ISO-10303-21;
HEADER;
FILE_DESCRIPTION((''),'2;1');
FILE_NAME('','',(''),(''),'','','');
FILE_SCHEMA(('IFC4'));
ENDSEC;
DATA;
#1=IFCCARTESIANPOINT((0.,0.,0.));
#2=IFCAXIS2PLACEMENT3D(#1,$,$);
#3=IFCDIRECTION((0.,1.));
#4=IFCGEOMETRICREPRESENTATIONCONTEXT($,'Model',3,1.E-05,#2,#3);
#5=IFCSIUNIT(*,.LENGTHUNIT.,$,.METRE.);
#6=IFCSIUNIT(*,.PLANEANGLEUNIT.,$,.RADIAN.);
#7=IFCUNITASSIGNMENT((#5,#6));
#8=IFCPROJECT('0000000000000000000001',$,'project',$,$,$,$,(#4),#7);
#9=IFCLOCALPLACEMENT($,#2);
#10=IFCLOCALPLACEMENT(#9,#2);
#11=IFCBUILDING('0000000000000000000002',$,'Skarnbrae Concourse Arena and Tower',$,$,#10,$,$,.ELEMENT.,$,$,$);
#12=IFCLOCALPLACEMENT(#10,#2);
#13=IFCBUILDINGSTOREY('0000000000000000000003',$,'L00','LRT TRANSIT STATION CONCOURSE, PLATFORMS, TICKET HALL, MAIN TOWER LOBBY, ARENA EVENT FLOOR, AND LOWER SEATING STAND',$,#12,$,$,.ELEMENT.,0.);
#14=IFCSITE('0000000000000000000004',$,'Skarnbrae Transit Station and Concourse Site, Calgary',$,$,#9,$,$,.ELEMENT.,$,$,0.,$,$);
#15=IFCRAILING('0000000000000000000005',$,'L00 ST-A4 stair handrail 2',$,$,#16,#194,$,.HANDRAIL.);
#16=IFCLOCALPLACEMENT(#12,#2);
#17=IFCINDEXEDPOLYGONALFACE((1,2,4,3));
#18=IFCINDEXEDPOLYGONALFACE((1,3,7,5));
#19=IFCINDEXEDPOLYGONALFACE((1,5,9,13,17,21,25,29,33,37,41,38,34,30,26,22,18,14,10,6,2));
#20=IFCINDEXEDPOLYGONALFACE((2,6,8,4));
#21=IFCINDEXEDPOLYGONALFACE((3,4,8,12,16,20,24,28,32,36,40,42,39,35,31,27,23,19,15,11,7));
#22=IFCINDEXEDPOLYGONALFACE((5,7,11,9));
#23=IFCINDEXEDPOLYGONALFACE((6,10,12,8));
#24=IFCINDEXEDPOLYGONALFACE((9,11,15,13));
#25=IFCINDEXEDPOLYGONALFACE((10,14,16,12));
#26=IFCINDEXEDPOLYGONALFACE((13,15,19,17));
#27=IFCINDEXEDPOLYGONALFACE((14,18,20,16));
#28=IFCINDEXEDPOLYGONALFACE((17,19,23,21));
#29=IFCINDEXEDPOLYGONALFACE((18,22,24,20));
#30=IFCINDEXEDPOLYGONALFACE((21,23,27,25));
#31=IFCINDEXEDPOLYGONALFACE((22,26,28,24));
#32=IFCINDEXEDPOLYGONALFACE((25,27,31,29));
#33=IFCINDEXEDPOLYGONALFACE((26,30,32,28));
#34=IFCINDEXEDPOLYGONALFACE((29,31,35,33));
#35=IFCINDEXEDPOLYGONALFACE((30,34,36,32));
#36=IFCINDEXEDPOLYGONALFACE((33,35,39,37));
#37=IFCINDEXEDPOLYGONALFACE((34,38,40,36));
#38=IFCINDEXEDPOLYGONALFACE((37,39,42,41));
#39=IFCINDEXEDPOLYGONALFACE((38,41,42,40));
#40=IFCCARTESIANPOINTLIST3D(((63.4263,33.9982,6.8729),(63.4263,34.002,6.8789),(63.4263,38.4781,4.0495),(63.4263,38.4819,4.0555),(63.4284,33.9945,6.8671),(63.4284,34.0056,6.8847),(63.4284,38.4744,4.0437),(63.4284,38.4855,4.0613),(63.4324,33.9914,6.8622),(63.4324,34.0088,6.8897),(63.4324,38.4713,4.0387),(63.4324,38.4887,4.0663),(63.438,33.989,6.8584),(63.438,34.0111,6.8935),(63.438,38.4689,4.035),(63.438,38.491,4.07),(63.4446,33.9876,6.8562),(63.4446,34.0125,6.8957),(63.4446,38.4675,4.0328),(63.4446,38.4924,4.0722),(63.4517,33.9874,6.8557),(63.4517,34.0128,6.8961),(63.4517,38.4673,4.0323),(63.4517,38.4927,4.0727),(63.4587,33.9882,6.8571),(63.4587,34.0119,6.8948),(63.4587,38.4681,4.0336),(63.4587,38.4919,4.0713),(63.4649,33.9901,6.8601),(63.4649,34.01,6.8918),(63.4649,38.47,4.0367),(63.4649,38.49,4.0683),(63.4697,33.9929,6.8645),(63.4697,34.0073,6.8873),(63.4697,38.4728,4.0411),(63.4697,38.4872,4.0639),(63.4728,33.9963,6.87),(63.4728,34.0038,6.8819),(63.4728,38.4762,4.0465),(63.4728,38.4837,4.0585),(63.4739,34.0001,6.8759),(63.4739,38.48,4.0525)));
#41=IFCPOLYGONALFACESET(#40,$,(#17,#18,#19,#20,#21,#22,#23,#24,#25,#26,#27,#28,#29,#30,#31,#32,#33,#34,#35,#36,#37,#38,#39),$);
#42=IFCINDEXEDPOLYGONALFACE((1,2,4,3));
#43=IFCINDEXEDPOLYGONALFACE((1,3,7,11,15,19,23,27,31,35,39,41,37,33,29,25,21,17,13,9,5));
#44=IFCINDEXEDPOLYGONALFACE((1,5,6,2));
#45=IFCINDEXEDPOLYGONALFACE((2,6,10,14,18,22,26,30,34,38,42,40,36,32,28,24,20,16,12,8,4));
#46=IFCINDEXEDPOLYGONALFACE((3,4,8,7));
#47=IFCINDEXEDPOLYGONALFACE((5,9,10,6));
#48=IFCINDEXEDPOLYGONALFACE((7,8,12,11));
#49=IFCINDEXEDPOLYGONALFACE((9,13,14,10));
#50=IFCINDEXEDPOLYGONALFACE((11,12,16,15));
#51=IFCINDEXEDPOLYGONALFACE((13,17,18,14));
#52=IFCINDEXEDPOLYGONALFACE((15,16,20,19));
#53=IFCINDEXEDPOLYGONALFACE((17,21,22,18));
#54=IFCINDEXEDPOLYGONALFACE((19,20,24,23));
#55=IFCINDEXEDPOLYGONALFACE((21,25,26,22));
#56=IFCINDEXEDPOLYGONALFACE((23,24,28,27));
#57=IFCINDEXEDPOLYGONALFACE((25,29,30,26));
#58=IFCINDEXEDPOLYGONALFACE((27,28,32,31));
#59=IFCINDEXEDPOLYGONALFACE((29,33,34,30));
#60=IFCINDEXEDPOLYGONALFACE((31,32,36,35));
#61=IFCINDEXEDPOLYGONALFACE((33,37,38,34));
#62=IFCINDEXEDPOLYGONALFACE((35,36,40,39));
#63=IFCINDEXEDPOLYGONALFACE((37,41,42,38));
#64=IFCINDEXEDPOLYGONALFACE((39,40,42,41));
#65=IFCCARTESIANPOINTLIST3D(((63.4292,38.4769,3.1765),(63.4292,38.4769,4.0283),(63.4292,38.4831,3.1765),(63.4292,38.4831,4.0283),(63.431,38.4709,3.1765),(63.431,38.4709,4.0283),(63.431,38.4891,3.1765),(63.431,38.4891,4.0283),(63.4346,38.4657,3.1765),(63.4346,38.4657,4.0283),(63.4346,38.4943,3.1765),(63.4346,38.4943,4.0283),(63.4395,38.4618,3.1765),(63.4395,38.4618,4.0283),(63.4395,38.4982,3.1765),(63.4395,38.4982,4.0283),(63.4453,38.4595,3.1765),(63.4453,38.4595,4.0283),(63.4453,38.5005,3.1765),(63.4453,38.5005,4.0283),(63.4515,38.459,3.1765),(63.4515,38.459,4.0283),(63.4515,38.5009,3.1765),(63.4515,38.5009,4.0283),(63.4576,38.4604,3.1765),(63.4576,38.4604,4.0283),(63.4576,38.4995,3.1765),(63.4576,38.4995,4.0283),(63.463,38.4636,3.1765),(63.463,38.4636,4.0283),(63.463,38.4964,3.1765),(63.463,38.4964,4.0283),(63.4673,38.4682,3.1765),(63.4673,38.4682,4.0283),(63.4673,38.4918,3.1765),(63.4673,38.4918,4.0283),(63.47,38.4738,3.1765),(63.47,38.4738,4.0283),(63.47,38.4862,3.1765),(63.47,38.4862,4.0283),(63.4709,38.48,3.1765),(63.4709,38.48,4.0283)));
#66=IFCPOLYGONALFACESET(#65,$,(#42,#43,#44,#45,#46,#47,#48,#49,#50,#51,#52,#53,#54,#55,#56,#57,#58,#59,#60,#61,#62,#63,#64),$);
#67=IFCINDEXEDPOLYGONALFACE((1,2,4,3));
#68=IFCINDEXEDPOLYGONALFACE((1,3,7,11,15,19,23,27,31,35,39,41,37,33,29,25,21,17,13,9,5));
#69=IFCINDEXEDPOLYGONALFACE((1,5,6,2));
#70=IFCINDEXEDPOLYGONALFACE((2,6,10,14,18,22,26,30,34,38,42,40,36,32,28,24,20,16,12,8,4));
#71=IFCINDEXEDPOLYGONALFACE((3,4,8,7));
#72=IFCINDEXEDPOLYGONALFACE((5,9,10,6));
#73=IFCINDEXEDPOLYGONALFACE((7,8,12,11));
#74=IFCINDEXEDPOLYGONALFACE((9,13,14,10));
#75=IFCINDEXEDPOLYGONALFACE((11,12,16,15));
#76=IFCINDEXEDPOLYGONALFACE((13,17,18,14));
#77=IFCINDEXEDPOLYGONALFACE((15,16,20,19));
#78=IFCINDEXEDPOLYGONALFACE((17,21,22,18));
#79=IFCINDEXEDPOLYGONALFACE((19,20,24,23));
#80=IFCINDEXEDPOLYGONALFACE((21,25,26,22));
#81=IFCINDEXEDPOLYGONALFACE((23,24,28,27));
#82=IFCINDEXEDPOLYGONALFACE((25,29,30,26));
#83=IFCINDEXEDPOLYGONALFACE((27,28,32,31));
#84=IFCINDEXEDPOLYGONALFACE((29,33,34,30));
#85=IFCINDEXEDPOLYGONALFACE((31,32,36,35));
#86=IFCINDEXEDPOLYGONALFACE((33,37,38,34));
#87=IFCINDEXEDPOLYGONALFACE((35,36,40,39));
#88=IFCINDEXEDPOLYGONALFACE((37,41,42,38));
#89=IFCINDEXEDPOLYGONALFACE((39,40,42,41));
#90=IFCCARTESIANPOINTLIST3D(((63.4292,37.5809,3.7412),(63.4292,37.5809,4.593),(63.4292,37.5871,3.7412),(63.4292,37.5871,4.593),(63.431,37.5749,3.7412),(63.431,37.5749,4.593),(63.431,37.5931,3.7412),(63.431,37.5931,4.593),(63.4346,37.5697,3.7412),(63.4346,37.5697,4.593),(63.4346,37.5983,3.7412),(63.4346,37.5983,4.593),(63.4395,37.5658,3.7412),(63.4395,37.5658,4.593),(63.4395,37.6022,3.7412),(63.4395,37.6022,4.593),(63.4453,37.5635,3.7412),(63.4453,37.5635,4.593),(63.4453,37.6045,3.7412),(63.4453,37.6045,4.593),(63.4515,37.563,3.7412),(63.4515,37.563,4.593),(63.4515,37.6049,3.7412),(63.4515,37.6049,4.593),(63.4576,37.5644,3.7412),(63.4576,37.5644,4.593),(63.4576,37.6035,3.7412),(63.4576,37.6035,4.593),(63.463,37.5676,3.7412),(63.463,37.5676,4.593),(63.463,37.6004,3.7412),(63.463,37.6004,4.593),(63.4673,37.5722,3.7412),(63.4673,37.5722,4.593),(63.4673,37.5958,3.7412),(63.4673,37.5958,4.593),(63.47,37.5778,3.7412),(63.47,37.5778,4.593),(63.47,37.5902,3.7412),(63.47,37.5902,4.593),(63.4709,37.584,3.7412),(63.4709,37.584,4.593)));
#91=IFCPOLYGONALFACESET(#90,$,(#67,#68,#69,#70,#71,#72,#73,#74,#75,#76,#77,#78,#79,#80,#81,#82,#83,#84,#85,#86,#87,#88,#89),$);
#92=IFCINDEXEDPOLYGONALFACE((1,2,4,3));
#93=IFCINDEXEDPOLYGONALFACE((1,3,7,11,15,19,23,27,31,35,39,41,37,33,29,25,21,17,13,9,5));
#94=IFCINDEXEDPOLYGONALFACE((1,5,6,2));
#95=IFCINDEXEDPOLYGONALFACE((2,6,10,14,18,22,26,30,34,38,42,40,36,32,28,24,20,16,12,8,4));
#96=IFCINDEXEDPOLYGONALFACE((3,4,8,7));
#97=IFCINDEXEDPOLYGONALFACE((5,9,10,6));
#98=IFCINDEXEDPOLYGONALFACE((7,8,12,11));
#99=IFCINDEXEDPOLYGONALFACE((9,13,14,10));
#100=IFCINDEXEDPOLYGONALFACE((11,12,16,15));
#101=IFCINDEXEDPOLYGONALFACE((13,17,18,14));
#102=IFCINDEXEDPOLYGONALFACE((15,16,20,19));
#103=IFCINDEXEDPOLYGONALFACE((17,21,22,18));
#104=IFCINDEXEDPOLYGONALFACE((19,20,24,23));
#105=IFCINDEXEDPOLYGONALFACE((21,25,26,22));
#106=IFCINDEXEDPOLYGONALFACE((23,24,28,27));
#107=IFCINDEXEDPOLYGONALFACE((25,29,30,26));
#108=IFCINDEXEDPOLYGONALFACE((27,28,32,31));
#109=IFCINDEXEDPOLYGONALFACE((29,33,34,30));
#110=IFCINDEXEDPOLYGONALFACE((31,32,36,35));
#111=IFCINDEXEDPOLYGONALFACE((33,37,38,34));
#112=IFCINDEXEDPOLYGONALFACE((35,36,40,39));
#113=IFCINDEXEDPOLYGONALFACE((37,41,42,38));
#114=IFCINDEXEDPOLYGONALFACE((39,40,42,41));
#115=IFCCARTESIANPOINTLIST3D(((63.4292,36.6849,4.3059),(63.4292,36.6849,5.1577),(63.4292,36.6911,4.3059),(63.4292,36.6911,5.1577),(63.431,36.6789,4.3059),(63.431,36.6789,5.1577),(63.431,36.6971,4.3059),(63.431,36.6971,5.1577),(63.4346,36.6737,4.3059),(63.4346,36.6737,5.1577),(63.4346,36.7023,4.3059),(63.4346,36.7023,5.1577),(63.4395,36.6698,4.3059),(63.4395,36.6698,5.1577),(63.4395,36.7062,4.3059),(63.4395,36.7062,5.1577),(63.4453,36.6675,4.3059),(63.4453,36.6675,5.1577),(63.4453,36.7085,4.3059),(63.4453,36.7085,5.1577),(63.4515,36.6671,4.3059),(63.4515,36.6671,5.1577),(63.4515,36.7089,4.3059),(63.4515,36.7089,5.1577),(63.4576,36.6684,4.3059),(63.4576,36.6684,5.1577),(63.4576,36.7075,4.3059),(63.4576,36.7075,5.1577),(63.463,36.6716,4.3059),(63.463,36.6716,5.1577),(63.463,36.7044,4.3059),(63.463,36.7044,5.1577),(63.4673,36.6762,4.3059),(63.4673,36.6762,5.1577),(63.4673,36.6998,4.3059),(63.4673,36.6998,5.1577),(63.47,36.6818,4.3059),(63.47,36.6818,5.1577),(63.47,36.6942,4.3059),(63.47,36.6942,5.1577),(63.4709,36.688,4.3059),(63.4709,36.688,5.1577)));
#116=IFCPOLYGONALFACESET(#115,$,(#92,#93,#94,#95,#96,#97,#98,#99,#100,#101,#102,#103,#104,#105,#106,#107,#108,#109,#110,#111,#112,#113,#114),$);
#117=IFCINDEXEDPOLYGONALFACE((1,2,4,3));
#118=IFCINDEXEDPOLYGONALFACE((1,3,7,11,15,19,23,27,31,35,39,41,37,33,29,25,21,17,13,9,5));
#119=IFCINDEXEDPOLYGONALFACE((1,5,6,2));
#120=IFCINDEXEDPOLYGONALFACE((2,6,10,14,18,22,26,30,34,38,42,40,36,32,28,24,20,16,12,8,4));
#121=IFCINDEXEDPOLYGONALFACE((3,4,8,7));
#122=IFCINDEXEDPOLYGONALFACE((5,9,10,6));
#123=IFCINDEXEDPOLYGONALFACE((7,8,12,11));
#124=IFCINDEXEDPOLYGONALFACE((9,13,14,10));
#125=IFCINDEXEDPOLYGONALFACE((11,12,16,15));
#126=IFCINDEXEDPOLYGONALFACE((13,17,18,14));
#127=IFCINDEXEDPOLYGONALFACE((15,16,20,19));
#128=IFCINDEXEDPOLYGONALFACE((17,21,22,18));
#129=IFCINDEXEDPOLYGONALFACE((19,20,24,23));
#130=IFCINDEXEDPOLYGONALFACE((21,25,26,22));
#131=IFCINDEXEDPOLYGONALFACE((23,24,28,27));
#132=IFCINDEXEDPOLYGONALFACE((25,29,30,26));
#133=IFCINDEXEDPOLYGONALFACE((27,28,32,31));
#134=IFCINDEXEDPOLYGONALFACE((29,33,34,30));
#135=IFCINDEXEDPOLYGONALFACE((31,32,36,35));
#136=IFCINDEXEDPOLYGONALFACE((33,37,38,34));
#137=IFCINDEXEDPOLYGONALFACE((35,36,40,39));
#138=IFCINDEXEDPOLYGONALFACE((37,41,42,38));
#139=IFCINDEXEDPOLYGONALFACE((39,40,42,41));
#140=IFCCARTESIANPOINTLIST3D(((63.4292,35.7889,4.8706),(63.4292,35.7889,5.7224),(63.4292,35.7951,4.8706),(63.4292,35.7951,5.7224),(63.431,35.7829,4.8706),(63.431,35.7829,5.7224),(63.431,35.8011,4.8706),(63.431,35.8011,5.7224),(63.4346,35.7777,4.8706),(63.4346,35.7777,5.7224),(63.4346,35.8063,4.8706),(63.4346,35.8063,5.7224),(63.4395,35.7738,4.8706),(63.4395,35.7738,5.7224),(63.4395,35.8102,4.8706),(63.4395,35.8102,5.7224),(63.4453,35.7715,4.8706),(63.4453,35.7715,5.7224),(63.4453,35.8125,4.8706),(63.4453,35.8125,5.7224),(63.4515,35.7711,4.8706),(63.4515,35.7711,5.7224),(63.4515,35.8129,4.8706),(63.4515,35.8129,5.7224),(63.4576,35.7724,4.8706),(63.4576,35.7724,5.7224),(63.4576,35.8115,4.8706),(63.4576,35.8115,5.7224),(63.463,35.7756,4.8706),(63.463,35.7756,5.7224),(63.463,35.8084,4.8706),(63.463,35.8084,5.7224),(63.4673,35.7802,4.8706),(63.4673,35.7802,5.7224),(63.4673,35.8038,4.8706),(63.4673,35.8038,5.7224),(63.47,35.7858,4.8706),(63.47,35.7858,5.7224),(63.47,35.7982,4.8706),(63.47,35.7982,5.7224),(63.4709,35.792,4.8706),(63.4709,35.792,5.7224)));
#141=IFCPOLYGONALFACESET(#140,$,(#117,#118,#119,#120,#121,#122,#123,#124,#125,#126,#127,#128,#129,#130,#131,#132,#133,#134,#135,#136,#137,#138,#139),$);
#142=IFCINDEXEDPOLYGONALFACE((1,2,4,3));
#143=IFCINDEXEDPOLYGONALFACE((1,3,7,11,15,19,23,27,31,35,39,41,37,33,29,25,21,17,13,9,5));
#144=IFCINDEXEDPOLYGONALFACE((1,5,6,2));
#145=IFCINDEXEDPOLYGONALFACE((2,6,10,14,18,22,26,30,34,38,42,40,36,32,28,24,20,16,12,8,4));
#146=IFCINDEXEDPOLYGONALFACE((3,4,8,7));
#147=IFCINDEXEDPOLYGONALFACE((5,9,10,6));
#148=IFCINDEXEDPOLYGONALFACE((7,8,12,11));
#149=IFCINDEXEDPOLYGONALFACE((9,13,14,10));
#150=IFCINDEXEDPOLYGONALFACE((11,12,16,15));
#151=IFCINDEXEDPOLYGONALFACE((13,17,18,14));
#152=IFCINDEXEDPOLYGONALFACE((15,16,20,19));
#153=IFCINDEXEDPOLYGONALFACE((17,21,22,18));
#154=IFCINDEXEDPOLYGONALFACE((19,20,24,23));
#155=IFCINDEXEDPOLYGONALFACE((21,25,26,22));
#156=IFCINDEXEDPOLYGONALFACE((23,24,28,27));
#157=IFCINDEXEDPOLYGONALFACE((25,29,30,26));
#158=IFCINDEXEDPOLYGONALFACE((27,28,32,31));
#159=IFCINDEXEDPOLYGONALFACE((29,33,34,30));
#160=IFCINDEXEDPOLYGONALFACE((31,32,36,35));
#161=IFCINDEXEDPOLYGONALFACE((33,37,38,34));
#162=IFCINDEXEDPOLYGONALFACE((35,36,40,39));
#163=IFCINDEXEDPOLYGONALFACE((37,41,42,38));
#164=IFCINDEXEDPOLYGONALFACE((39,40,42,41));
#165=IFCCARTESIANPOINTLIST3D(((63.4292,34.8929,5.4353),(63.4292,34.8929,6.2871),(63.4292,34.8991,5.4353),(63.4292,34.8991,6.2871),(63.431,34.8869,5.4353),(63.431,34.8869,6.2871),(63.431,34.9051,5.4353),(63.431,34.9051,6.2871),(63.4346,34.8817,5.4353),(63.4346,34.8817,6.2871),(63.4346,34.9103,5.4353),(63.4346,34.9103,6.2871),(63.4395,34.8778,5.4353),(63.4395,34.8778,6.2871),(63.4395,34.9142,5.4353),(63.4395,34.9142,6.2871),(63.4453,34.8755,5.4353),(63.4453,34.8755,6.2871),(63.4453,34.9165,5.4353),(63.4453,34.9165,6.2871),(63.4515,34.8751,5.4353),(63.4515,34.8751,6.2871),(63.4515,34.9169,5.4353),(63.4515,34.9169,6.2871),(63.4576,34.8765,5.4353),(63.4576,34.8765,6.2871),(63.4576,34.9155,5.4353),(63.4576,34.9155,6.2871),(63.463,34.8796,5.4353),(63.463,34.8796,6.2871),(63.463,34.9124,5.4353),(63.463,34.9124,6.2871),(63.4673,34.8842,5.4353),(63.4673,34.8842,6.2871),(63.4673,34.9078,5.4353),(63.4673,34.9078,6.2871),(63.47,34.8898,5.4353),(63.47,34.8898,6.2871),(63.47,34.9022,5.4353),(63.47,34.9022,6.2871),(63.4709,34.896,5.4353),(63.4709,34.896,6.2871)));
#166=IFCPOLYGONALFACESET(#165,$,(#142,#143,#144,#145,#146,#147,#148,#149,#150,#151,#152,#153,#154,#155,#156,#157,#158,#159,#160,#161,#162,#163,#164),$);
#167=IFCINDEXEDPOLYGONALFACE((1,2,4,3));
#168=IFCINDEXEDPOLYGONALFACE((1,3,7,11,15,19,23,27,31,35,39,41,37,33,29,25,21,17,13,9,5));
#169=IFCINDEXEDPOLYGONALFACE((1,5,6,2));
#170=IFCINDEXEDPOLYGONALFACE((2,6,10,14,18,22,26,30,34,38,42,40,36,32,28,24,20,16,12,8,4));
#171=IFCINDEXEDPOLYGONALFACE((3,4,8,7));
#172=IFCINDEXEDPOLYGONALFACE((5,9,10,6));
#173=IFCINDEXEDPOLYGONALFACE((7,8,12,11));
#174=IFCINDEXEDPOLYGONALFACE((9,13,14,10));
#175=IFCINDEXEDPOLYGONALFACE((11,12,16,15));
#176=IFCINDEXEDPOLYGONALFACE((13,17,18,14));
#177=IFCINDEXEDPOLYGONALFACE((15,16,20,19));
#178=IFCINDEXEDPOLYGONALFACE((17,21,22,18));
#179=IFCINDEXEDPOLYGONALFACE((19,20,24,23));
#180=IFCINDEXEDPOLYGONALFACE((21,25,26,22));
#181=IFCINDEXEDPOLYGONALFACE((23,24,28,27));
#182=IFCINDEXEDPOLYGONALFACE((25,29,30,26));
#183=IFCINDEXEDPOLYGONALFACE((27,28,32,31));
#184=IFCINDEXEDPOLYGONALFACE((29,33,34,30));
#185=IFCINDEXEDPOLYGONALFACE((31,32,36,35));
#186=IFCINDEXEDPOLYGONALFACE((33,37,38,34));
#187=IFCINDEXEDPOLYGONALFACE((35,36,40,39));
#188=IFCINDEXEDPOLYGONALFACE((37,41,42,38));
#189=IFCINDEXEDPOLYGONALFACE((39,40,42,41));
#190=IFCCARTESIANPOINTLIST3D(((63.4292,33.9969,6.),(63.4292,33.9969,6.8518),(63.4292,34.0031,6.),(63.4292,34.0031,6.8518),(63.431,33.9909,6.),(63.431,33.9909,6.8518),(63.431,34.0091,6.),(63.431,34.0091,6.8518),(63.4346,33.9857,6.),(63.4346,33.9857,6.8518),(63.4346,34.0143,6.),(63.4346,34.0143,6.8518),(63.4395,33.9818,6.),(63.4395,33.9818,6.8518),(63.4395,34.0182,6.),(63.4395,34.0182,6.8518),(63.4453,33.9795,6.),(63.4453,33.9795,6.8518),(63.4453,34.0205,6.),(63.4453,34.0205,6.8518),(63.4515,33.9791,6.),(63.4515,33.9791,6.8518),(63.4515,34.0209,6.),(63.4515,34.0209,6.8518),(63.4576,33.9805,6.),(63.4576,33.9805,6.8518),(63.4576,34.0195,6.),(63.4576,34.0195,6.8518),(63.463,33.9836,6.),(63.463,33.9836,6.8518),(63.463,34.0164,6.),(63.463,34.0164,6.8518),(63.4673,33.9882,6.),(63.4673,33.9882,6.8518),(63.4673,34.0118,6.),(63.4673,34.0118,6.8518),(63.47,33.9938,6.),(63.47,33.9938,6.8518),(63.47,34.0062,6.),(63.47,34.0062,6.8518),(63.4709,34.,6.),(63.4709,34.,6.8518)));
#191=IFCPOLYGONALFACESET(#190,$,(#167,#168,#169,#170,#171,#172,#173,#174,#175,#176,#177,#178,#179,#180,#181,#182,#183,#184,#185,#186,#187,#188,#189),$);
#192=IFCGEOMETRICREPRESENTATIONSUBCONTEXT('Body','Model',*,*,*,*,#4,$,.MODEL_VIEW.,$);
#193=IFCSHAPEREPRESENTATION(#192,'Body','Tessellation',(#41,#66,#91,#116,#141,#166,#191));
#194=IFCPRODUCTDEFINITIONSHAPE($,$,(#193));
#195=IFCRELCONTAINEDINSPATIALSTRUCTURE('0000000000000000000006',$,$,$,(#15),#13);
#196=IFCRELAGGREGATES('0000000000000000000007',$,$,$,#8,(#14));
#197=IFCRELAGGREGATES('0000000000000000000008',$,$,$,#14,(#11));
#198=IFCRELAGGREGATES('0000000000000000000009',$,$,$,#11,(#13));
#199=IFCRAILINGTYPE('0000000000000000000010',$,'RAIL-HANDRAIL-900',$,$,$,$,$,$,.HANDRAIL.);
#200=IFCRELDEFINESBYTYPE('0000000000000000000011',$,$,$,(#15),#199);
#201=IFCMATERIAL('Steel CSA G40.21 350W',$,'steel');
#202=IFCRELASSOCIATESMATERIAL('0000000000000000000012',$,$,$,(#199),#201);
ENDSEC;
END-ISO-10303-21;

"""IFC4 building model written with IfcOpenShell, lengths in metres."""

from ifc_helpers import new_model, si_unit, direction, frame, origin, origin_2d, place, context, subcontext, project, spatial, circle, extrude, material, type_object, element, save


model = new_model("IFC4")

# Units and contexts
model_context = context("Model", 3, precision=1e-05, world=origin(), true_north=direction((0.0, 1.0)))
body_context = subcontext(model_context, "Body", "Model", "MODEL_VIEW")
ifc_project = project(units=[si_unit("LENGTHUNIT", "METRE"), si_unit("PLANEANGLEUNIT", "RADIAN")], contexts=[model_context])

# Site, building, storey
site_placement = place(None, origin())
site = spatial("IfcSite", under=ifc_project, at=site_placement, Name="Skarnbrae Transit Station and Concourse Site, Calgary", CompositionType="ELEMENT", RefElevation=0.0)
building_placement = place(site_placement, origin())
building = spatial("IfcBuilding", under=site, at=building_placement, Name="Skarnbrae Concourse Arena and Tower", CompositionType="ELEMENT")
storey_placement = place(building_placement, origin())
storey = spatial("IfcBuildingStorey", under=building, at=storey_placement, Name="L00", Description="LRT TRANSIT STATION CONCOURSE, PLATFORMS, TICKET HALL, MAIN TOWER LOBBY, ARENA EVENT FLOOR, AND LOWER SEATING STAND", CompositionType="ELEMENT", Elevation=0.0)

# Shared definitions
ifc_material_1 = material(Name="Steel CSA G40.21 350W", Category="steel")

# Railing
railing_type_1 = type_object("IfcRailingType", Name="RAIL-HANDRAIL-900", PredefinedType="HANDRAIL", material=ifc_material_1)
railing_1_placement = place(storey_placement, frame((63.45, 38.48, 3.1765)))
element("IfcRailing", 1, at=railing_1_placement, inside=storey, type_object=railing_type_1, Name="L00 ST-A4 stair handrail 2", PredefinedType="HANDRAIL", context=body_context, shape_type="SweptSolid", body=[
    extrude(circle(Radius=0.0239, at=origin_2d()), frame((0.0, 0.0, 0.876), z_axis=(0.0, -0.845998, 0.533186), x_axis=(1.0, 0.0, 0.0)), (0.0, 0.0, 1.0), 5.2954),
    extrude(circle(Radius=0.021, at=origin_2d()), origin(), (0.0, 0.0, 1.0), 0.8518),
    extrude(circle(Radius=0.021, at=origin_2d()), frame((0.0, -0.896, 0.5647)), (0.0, 0.0, 1.0), 0.8518),
    extrude(circle(Radius=0.021, at=origin_2d()), frame((0.0, -1.792, 1.1294)), (0.0, 0.0, 1.0), 0.8518),
    extrude(circle(Radius=0.021, at=origin_2d()), frame((0.0, -2.688, 1.6941)), (0.0, 0.0, 1.0), 0.8518),
    extrude(circle(Radius=0.021, at=origin_2d()), frame((0.0, -3.584, 2.2588)), (0.0, 0.0, 1.0), 0.8518),
    extrude(circle(Radius=0.021, at=origin_2d()), frame((0.0, -4.48, 2.8235)), (0.0, 0.0, 1.0), 0.8518),
])

save(model, "model.ifc")
